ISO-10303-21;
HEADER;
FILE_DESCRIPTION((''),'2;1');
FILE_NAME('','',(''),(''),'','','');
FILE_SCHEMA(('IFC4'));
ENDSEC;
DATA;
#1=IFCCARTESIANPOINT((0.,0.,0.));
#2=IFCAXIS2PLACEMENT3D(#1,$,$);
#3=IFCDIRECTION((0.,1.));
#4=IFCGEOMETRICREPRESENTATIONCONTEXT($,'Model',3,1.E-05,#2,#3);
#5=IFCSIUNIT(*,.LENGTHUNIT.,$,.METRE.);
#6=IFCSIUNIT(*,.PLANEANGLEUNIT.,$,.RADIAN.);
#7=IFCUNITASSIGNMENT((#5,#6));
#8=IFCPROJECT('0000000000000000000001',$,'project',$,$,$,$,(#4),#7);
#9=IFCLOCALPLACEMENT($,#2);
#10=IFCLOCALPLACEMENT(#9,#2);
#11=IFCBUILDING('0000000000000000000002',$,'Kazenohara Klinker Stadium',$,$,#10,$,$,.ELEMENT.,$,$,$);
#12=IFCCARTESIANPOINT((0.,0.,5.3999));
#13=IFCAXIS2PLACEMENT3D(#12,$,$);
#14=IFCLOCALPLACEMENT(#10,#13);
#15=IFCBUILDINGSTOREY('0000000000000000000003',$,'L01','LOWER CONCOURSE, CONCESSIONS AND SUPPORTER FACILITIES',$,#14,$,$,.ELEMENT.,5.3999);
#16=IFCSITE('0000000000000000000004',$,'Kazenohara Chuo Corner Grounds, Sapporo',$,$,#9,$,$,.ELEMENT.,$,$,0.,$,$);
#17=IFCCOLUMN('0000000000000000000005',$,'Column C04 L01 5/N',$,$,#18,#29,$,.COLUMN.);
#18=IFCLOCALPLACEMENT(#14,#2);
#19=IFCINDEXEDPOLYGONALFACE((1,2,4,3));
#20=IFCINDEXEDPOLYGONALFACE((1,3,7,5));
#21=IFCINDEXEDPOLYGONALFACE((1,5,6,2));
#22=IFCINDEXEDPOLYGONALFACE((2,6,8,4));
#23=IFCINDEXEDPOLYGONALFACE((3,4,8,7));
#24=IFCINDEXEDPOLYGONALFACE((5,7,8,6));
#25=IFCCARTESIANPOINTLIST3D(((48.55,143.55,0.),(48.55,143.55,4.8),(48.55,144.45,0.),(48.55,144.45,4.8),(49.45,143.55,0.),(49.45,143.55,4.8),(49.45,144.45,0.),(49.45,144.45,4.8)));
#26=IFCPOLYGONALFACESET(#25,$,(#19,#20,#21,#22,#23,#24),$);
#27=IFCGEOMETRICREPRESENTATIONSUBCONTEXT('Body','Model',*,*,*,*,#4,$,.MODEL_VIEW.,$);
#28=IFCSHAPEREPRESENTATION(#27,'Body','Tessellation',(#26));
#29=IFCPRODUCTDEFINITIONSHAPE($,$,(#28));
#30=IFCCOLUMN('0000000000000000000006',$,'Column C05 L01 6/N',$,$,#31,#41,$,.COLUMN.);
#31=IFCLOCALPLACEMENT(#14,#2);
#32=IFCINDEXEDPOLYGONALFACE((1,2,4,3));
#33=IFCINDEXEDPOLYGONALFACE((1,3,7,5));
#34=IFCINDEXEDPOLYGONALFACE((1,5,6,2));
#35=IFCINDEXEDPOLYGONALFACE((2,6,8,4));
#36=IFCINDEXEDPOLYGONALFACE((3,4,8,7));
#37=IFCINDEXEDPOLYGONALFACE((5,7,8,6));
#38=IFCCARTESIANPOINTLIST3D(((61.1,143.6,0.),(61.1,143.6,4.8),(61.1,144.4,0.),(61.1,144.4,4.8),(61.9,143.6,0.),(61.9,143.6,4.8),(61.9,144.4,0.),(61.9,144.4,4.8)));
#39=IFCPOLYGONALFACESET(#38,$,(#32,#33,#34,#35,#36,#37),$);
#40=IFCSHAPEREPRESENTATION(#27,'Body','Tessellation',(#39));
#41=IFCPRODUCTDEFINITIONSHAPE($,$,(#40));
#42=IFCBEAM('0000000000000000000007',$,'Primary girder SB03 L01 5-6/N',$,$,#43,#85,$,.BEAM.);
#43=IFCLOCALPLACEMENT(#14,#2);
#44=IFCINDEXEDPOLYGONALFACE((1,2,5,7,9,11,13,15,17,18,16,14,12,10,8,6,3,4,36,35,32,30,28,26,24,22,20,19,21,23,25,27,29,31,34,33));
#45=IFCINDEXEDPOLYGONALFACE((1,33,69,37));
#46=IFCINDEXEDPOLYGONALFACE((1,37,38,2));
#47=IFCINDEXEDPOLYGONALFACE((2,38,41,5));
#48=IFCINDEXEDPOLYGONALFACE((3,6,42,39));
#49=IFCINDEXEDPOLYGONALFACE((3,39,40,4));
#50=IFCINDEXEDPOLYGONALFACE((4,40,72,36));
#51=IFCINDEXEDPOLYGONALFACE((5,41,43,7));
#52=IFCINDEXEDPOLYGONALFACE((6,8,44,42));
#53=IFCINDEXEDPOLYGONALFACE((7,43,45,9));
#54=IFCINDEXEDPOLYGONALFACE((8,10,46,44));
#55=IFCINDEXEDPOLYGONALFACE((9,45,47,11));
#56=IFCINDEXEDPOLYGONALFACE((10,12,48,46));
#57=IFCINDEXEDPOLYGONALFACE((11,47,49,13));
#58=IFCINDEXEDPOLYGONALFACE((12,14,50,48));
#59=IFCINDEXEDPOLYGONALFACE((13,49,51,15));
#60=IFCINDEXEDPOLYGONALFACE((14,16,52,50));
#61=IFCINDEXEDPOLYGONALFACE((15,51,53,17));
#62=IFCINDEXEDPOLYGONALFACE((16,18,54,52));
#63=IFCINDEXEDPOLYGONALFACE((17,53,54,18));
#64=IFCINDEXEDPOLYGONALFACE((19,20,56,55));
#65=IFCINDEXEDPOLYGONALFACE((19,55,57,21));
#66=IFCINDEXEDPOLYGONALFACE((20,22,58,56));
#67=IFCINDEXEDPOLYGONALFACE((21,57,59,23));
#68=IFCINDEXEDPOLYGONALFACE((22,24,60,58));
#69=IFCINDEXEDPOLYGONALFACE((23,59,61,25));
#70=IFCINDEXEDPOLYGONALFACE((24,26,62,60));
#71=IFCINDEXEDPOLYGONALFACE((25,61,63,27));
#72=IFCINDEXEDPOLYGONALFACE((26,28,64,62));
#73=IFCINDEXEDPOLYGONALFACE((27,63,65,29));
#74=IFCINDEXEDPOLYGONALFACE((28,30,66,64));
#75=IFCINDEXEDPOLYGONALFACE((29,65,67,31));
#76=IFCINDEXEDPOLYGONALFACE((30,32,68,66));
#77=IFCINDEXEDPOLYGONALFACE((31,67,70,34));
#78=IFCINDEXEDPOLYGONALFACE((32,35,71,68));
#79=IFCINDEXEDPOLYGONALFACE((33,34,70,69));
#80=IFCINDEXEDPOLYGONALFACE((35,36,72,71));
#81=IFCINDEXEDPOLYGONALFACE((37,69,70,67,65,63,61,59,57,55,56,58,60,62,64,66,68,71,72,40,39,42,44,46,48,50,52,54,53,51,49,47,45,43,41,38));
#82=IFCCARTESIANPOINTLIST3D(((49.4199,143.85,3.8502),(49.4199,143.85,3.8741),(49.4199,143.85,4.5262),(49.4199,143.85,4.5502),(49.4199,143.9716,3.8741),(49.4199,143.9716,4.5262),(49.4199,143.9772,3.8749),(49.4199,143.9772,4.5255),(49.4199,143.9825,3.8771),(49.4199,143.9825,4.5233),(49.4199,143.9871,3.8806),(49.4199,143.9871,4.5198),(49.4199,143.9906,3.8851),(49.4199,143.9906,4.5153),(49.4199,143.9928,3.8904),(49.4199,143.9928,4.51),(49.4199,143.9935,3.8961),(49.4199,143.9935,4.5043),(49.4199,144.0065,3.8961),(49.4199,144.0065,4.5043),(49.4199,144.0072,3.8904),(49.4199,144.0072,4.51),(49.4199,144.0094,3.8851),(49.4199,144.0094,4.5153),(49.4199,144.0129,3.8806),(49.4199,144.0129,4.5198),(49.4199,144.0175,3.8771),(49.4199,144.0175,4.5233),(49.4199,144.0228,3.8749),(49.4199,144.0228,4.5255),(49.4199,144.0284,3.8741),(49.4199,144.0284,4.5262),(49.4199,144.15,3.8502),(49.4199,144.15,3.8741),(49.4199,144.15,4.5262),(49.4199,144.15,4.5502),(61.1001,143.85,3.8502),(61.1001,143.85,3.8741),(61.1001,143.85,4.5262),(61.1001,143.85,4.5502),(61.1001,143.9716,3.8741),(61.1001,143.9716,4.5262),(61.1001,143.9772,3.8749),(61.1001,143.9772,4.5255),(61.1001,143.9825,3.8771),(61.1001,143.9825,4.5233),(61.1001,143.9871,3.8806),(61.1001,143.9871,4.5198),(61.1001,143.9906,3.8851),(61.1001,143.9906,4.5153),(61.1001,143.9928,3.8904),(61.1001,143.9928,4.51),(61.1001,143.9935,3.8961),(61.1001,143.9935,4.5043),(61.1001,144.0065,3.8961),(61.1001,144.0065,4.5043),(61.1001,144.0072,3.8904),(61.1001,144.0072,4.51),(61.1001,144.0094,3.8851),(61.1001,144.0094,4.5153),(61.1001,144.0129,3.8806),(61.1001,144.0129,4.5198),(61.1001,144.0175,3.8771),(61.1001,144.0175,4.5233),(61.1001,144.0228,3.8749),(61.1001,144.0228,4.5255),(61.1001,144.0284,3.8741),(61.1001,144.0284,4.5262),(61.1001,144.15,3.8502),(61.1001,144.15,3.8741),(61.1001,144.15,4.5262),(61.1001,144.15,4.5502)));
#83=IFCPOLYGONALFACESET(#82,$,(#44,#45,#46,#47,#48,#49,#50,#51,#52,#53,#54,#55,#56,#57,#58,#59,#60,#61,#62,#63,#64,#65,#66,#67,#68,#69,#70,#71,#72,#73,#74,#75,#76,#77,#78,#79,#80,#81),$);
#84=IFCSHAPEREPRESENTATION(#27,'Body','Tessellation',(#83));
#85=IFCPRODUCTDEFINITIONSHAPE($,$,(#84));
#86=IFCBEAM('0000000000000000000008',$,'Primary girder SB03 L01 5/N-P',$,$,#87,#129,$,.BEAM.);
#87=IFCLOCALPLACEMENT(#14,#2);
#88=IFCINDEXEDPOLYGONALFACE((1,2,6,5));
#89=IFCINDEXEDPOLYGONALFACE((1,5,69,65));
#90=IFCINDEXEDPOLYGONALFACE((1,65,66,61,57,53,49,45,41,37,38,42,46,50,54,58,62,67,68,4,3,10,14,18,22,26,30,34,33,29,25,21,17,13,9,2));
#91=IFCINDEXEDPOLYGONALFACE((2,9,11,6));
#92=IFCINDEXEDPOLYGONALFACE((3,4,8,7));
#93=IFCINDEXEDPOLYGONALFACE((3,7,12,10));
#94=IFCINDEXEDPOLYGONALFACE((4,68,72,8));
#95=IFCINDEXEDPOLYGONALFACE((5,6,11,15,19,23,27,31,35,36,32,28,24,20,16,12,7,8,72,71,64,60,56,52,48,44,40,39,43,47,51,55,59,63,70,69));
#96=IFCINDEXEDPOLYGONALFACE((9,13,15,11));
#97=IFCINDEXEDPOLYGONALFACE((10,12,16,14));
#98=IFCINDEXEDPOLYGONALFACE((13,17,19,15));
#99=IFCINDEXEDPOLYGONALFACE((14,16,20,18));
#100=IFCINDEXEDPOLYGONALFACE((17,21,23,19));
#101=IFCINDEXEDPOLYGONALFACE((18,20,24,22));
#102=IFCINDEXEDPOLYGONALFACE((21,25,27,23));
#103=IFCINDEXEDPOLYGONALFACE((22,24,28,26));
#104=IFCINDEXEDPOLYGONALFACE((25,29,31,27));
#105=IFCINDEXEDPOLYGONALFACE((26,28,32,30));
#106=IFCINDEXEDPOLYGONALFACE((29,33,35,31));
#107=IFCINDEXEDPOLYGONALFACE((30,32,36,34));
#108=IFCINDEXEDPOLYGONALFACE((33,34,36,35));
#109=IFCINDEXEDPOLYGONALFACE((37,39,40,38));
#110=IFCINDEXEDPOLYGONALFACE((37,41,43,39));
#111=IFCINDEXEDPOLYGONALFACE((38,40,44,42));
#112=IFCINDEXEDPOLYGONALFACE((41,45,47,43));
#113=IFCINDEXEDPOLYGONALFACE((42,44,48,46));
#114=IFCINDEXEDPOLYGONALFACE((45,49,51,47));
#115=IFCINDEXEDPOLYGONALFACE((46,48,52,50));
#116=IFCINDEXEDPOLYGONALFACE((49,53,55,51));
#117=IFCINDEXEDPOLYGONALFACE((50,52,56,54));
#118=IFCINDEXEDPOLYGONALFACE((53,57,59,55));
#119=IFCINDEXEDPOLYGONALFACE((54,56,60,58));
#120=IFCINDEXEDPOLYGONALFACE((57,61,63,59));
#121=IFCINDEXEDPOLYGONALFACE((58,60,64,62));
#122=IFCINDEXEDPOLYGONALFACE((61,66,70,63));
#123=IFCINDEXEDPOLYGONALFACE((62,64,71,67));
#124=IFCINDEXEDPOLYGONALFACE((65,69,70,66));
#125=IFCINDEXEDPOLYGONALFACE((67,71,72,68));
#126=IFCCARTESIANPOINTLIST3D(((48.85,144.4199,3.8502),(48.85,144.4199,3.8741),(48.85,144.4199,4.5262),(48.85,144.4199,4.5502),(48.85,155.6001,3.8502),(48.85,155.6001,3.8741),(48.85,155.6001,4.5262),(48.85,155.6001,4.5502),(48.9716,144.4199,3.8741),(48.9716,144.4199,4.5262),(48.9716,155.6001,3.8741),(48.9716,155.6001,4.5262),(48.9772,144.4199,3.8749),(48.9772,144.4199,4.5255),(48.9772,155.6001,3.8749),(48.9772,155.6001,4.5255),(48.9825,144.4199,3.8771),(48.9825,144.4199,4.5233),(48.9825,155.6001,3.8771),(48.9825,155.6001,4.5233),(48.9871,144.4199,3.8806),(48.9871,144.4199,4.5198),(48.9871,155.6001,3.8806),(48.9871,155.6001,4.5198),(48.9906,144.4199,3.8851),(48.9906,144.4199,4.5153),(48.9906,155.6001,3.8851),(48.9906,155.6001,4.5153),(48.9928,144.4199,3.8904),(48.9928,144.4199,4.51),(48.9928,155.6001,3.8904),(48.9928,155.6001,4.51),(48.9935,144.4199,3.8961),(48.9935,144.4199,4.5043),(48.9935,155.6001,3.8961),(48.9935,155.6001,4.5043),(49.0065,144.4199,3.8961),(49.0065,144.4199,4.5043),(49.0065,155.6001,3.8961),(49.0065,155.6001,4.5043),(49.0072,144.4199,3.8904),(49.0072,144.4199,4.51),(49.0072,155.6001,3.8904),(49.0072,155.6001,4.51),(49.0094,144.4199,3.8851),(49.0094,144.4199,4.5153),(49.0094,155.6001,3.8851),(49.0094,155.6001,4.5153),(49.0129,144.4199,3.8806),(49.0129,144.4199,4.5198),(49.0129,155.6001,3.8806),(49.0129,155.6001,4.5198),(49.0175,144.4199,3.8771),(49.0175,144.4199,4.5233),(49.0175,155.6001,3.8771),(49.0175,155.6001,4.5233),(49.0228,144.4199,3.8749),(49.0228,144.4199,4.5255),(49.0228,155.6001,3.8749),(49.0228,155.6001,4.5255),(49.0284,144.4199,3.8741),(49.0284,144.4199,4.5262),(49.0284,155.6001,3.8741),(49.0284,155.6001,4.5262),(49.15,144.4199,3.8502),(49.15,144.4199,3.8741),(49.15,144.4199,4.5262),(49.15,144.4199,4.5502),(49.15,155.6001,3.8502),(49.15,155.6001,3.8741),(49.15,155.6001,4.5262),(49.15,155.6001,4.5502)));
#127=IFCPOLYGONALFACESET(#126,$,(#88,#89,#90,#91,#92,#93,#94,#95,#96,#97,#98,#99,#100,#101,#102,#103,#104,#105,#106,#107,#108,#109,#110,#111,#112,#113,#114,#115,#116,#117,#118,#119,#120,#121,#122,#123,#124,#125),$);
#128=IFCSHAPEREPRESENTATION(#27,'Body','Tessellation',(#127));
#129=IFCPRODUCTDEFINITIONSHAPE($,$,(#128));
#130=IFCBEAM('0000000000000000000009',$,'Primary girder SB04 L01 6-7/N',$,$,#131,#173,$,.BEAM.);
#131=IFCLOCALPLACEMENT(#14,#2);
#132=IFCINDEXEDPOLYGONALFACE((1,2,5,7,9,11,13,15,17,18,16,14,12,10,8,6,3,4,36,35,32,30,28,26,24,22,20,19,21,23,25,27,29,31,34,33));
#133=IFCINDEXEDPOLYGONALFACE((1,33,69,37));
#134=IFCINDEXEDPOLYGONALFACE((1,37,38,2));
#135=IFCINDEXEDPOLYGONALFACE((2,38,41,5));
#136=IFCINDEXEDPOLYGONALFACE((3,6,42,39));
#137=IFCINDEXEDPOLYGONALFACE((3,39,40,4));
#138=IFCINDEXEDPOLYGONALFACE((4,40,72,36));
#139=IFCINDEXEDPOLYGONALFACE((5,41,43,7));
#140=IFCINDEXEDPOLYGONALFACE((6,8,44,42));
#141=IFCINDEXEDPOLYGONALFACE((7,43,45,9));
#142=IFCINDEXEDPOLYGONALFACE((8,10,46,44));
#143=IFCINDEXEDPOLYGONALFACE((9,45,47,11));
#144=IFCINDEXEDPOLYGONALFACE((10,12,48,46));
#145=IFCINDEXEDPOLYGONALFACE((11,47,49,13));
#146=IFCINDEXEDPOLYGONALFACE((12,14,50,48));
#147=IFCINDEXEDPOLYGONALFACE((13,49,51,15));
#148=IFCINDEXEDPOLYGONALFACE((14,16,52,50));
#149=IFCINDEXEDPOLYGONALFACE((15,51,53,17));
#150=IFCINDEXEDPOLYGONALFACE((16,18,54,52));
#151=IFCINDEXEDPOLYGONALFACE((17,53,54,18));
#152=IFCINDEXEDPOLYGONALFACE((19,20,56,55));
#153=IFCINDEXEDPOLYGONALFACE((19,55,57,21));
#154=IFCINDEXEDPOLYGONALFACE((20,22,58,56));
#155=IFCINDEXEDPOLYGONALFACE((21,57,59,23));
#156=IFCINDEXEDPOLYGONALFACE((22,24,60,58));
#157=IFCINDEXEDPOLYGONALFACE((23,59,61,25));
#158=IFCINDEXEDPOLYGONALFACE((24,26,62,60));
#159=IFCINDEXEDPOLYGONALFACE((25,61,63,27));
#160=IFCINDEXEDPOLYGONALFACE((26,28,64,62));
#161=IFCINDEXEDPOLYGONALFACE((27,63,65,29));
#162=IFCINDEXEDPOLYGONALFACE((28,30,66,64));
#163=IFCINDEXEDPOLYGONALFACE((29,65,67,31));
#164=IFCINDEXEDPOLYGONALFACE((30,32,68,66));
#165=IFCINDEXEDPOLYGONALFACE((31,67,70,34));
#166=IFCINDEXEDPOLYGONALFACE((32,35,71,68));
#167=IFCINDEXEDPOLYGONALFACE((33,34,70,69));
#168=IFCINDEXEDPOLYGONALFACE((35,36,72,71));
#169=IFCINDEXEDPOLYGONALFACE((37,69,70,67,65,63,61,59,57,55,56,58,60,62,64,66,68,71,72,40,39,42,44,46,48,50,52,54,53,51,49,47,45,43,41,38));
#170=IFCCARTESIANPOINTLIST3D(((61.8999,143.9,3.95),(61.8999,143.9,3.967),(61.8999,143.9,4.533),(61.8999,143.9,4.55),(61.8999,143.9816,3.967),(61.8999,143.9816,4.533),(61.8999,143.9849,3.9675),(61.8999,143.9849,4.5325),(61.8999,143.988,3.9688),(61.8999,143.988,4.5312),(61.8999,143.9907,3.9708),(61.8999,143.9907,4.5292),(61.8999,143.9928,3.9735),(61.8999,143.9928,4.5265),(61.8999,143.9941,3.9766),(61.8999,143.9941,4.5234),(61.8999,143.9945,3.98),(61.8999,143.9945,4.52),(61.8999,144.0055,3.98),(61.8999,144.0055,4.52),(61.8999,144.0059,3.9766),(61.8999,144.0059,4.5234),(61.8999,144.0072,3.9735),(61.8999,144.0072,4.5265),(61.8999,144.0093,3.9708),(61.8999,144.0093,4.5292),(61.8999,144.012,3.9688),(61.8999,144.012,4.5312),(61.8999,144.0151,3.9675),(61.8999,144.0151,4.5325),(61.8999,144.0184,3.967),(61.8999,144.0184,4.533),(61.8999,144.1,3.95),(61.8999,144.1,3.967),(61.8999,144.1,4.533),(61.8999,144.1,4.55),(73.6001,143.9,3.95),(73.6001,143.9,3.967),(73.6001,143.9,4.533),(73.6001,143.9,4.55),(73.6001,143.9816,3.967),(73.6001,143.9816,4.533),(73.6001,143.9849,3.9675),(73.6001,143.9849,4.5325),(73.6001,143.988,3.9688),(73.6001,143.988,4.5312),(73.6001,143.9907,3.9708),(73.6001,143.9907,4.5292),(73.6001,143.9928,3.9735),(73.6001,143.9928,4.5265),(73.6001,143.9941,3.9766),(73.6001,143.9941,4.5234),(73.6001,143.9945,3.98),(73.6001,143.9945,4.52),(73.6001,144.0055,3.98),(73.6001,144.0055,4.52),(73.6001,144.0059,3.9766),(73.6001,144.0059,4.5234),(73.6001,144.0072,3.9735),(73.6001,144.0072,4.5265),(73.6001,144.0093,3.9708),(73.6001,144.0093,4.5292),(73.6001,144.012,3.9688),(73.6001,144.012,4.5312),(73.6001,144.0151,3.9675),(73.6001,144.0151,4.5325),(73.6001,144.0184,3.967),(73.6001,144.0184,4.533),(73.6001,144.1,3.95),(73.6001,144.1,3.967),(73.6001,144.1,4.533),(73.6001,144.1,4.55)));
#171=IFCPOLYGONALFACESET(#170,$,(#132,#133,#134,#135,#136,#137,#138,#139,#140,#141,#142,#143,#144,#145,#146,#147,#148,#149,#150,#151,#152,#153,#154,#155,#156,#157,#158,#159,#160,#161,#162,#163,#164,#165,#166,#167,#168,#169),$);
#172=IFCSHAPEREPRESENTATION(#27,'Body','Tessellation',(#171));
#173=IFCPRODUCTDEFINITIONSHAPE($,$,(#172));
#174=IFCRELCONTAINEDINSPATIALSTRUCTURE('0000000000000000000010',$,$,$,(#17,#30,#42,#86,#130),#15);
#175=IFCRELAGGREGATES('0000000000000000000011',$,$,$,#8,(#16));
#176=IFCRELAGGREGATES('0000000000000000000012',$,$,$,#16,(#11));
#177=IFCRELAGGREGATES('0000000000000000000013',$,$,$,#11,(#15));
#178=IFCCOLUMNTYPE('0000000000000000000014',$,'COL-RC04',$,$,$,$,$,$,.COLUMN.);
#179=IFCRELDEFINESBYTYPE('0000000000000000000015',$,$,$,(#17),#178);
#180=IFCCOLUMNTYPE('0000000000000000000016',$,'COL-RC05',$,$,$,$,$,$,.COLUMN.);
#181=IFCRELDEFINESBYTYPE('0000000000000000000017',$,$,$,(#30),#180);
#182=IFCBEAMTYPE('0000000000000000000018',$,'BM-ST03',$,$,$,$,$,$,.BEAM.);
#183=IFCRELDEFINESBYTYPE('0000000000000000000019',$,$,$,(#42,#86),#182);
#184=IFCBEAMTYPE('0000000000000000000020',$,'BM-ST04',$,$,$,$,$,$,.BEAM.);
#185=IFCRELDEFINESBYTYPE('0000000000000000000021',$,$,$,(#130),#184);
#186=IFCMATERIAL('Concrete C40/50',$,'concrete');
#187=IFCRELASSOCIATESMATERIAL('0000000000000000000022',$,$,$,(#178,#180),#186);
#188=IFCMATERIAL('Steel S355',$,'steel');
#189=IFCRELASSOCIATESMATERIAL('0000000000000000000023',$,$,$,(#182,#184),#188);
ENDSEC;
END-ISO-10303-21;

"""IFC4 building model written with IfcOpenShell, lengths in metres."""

from ifc_helpers import new_model, si_unit, direction, frame, origin, origin_2d, place, context, subcontext, project, spatial, rectangle, i_section, extrude, material, material_profile, profile_set, type_object, element, save


model = new_model("IFC4")

# Units and contexts
model_context = context("Model", 3, precision=1e-05, world=origin(), true_north=direction((0.0, 1.0)))
body_context = subcontext(model_context, "Body", "Model", "MODEL_VIEW")
ifc_project = project(units=[si_unit("LENGTHUNIT", "METRE"), si_unit("PLANEANGLEUNIT", "RADIAN")], contexts=[model_context])

# Site, building, storey
site_placement = place(None, origin())
site = spatial("IfcSite", under=ifc_project, at=site_placement, Name="Kazenohara Chuo Corner Grounds, Sapporo", CompositionType="ELEMENT", RefElevation=0.0)
building_placement = place(site_placement, origin())
building = spatial("IfcBuilding", under=site, at=building_placement, Name="Kazenohara Klinker Stadium", CompositionType="ELEMENT")
storey_placement = place(building_placement, frame((0.0, 0.0, 5.3999)))
storey = spatial("IfcBuildingStorey", under=building, at=storey_placement, Name="L01", Description="LOWER CONCOURSE, CONCESSIONS AND SUPPORTER FACILITIES", CompositionType="ELEMENT", Elevation=5.3999)

# Columns
ifc_material_1 = material(Name="Concrete C40/50", Category="concrete")
ifc_material_profile_1 = material_profile(ifc_material_1, rectangle(XDim=0.8999, YDim=0.8999, at=origin_2d()), Name="RC-COL-900x900")
ifc_profile_set_1 = profile_set([ifc_material_profile_1], Name="Concrete C40/50")
column_type_1 = type_object("IfcColumnType", Name="COL-RC04", PredefinedType="COLUMN", material=ifc_profile_set_1)
column_1_placement = place(storey_placement, frame((49.0, 144.0, 0.0), z_axis=(0.0, 0.0, 1.0), x_axis=(1.0, 0.0, 0.0)))
element("IfcColumn", 1, at=column_1_placement, inside=storey, type_object=column_type_1, Name="Column C04 L01 5/N", PredefinedType="COLUMN", context=body_context, shape_type="SweptSolid", body=[
    extrude(rectangle(XDim=0.8999, YDim=0.8999, at=origin_2d()), origin(), (0.0, 0.0, 1.0), 4.8),
])
ifc_material_profile_2 = material_profile(ifc_material_1, rectangle(XDim=0.8, YDim=0.8, at=origin_2d()), Name="RC-COL-800x800")
ifc_profile_set_2 = profile_set([ifc_material_profile_2], Name="Concrete C40/50")
column_type_2 = type_object("IfcColumnType", Name="COL-RC05", PredefinedType="COLUMN", material=ifc_profile_set_2)
column_2_placement = place(storey_placement, frame((61.5, 144.0, 0.0), z_axis=(0.0, 0.0, 1.0), x_axis=(1.0, 0.0, 0.0)))
element("IfcColumn", 2, at=column_2_placement, inside=storey, type_object=column_type_2, Name="Column C05 L01 6/N", PredefinedType="COLUMN", context=body_context, shape_type="SweptSolid", body=[
    extrude(rectangle(XDim=0.8, YDim=0.8, at=origin_2d()), origin(), (0.0, 0.0, 1.0), 4.8),
])

# Beams
ifc_material_2 = material(Name="Steel S355", Category="steel")
ifc_material_profile_3 = material_profile(ifc_material_2, i_section(OverallWidth=0.3, OverallDepth=0.7, WebThickness=0.0129, FlangeThickness=0.0239, FilletRadius=0.022, at=origin_2d()), Name="H-700x300x13x24")
ifc_profile_set_3 = profile_set([ifc_material_profile_3], Name="Steel S355")
beam_type_1 = type_object("IfcBeamType", Name="BM-ST03", PredefinedType="BEAM", material=ifc_profile_set_3)
beam_1_placement = place(storey_placement, frame((49.4199, 144.0, 4.2002), z_axis=(1.0, 0.0, 0.0), x_axis=(0.0, 1.0, 0.0)))
element("IfcBeam", 3, at=beam_1_placement, inside=storey, type_object=beam_type_1, Name="Primary girder SB03 L01 5-6/N", PredefinedType="BEAM", context=body_context, shape_type="SweptSolid", body=[
    extrude(i_section(OverallWidth=0.3, OverallDepth=0.7, WebThickness=0.0129, FlangeThickness=0.0239, FilletRadius=0.022, at=origin_2d()), origin(), (0.0, 0.0, 1.0), 11.6802),
])
beam_2_placement = place(storey_placement, frame((49.0, 144.4199, 4.2002), z_axis=(0.0, 1.0, 0.0), x_axis=(-1.0, 0.0, 0.0)))
element("IfcBeam", 4, at=beam_2_placement, inside=storey, type_object=beam_type_1, Name="Primary girder SB03 L01 5/N-P", PredefinedType="BEAM", context=body_context, shape_type="SweptSolid", body=[
    extrude(i_section(OverallWidth=0.3, OverallDepth=0.7, WebThickness=0.0129, FlangeThickness=0.0239, FilletRadius=0.022, at=origin_2d()), origin(), (0.0, 0.0, 1.0), 11.1802),
])
ifc_material_profile_4 = material_profile(ifc_material_2, i_section(OverallWidth=0.2, OverallDepth=0.6001, WebThickness=0.011, FlangeThickness=0.0171, FilletRadius=0.0129, at=origin_2d()), Name="H-600x200x11x17")
ifc_profile_set_4 = profile_set([ifc_material_profile_4], Name="Steel S355")
beam_type_2 = type_object("IfcBeamType", Name="BM-ST04", PredefinedType="BEAM", material=ifc_profile_set_4)
beam_3_placement = place(storey_placement, frame((61.8999, 144.0, 4.25), z_axis=(1.0, 0.0, 0.0), x_axis=(0.0, 1.0, 0.0)))
element("IfcBeam", 5, at=beam_3_placement, inside=storey, type_object=beam_type_2, Name="Primary girder SB04 L01 6-7/N", PredefinedType="BEAM", context=body_context, shape_type="SweptSolid", body=[
    extrude(i_section(OverallWidth=0.2, OverallDepth=0.6001, WebThickness=0.011, FlangeThickness=0.0171, FilletRadius=0.0129, at=origin_2d()), origin(), (0.0, 0.0, 1.0), 11.7002),
])

save(model, "model.ifc")
